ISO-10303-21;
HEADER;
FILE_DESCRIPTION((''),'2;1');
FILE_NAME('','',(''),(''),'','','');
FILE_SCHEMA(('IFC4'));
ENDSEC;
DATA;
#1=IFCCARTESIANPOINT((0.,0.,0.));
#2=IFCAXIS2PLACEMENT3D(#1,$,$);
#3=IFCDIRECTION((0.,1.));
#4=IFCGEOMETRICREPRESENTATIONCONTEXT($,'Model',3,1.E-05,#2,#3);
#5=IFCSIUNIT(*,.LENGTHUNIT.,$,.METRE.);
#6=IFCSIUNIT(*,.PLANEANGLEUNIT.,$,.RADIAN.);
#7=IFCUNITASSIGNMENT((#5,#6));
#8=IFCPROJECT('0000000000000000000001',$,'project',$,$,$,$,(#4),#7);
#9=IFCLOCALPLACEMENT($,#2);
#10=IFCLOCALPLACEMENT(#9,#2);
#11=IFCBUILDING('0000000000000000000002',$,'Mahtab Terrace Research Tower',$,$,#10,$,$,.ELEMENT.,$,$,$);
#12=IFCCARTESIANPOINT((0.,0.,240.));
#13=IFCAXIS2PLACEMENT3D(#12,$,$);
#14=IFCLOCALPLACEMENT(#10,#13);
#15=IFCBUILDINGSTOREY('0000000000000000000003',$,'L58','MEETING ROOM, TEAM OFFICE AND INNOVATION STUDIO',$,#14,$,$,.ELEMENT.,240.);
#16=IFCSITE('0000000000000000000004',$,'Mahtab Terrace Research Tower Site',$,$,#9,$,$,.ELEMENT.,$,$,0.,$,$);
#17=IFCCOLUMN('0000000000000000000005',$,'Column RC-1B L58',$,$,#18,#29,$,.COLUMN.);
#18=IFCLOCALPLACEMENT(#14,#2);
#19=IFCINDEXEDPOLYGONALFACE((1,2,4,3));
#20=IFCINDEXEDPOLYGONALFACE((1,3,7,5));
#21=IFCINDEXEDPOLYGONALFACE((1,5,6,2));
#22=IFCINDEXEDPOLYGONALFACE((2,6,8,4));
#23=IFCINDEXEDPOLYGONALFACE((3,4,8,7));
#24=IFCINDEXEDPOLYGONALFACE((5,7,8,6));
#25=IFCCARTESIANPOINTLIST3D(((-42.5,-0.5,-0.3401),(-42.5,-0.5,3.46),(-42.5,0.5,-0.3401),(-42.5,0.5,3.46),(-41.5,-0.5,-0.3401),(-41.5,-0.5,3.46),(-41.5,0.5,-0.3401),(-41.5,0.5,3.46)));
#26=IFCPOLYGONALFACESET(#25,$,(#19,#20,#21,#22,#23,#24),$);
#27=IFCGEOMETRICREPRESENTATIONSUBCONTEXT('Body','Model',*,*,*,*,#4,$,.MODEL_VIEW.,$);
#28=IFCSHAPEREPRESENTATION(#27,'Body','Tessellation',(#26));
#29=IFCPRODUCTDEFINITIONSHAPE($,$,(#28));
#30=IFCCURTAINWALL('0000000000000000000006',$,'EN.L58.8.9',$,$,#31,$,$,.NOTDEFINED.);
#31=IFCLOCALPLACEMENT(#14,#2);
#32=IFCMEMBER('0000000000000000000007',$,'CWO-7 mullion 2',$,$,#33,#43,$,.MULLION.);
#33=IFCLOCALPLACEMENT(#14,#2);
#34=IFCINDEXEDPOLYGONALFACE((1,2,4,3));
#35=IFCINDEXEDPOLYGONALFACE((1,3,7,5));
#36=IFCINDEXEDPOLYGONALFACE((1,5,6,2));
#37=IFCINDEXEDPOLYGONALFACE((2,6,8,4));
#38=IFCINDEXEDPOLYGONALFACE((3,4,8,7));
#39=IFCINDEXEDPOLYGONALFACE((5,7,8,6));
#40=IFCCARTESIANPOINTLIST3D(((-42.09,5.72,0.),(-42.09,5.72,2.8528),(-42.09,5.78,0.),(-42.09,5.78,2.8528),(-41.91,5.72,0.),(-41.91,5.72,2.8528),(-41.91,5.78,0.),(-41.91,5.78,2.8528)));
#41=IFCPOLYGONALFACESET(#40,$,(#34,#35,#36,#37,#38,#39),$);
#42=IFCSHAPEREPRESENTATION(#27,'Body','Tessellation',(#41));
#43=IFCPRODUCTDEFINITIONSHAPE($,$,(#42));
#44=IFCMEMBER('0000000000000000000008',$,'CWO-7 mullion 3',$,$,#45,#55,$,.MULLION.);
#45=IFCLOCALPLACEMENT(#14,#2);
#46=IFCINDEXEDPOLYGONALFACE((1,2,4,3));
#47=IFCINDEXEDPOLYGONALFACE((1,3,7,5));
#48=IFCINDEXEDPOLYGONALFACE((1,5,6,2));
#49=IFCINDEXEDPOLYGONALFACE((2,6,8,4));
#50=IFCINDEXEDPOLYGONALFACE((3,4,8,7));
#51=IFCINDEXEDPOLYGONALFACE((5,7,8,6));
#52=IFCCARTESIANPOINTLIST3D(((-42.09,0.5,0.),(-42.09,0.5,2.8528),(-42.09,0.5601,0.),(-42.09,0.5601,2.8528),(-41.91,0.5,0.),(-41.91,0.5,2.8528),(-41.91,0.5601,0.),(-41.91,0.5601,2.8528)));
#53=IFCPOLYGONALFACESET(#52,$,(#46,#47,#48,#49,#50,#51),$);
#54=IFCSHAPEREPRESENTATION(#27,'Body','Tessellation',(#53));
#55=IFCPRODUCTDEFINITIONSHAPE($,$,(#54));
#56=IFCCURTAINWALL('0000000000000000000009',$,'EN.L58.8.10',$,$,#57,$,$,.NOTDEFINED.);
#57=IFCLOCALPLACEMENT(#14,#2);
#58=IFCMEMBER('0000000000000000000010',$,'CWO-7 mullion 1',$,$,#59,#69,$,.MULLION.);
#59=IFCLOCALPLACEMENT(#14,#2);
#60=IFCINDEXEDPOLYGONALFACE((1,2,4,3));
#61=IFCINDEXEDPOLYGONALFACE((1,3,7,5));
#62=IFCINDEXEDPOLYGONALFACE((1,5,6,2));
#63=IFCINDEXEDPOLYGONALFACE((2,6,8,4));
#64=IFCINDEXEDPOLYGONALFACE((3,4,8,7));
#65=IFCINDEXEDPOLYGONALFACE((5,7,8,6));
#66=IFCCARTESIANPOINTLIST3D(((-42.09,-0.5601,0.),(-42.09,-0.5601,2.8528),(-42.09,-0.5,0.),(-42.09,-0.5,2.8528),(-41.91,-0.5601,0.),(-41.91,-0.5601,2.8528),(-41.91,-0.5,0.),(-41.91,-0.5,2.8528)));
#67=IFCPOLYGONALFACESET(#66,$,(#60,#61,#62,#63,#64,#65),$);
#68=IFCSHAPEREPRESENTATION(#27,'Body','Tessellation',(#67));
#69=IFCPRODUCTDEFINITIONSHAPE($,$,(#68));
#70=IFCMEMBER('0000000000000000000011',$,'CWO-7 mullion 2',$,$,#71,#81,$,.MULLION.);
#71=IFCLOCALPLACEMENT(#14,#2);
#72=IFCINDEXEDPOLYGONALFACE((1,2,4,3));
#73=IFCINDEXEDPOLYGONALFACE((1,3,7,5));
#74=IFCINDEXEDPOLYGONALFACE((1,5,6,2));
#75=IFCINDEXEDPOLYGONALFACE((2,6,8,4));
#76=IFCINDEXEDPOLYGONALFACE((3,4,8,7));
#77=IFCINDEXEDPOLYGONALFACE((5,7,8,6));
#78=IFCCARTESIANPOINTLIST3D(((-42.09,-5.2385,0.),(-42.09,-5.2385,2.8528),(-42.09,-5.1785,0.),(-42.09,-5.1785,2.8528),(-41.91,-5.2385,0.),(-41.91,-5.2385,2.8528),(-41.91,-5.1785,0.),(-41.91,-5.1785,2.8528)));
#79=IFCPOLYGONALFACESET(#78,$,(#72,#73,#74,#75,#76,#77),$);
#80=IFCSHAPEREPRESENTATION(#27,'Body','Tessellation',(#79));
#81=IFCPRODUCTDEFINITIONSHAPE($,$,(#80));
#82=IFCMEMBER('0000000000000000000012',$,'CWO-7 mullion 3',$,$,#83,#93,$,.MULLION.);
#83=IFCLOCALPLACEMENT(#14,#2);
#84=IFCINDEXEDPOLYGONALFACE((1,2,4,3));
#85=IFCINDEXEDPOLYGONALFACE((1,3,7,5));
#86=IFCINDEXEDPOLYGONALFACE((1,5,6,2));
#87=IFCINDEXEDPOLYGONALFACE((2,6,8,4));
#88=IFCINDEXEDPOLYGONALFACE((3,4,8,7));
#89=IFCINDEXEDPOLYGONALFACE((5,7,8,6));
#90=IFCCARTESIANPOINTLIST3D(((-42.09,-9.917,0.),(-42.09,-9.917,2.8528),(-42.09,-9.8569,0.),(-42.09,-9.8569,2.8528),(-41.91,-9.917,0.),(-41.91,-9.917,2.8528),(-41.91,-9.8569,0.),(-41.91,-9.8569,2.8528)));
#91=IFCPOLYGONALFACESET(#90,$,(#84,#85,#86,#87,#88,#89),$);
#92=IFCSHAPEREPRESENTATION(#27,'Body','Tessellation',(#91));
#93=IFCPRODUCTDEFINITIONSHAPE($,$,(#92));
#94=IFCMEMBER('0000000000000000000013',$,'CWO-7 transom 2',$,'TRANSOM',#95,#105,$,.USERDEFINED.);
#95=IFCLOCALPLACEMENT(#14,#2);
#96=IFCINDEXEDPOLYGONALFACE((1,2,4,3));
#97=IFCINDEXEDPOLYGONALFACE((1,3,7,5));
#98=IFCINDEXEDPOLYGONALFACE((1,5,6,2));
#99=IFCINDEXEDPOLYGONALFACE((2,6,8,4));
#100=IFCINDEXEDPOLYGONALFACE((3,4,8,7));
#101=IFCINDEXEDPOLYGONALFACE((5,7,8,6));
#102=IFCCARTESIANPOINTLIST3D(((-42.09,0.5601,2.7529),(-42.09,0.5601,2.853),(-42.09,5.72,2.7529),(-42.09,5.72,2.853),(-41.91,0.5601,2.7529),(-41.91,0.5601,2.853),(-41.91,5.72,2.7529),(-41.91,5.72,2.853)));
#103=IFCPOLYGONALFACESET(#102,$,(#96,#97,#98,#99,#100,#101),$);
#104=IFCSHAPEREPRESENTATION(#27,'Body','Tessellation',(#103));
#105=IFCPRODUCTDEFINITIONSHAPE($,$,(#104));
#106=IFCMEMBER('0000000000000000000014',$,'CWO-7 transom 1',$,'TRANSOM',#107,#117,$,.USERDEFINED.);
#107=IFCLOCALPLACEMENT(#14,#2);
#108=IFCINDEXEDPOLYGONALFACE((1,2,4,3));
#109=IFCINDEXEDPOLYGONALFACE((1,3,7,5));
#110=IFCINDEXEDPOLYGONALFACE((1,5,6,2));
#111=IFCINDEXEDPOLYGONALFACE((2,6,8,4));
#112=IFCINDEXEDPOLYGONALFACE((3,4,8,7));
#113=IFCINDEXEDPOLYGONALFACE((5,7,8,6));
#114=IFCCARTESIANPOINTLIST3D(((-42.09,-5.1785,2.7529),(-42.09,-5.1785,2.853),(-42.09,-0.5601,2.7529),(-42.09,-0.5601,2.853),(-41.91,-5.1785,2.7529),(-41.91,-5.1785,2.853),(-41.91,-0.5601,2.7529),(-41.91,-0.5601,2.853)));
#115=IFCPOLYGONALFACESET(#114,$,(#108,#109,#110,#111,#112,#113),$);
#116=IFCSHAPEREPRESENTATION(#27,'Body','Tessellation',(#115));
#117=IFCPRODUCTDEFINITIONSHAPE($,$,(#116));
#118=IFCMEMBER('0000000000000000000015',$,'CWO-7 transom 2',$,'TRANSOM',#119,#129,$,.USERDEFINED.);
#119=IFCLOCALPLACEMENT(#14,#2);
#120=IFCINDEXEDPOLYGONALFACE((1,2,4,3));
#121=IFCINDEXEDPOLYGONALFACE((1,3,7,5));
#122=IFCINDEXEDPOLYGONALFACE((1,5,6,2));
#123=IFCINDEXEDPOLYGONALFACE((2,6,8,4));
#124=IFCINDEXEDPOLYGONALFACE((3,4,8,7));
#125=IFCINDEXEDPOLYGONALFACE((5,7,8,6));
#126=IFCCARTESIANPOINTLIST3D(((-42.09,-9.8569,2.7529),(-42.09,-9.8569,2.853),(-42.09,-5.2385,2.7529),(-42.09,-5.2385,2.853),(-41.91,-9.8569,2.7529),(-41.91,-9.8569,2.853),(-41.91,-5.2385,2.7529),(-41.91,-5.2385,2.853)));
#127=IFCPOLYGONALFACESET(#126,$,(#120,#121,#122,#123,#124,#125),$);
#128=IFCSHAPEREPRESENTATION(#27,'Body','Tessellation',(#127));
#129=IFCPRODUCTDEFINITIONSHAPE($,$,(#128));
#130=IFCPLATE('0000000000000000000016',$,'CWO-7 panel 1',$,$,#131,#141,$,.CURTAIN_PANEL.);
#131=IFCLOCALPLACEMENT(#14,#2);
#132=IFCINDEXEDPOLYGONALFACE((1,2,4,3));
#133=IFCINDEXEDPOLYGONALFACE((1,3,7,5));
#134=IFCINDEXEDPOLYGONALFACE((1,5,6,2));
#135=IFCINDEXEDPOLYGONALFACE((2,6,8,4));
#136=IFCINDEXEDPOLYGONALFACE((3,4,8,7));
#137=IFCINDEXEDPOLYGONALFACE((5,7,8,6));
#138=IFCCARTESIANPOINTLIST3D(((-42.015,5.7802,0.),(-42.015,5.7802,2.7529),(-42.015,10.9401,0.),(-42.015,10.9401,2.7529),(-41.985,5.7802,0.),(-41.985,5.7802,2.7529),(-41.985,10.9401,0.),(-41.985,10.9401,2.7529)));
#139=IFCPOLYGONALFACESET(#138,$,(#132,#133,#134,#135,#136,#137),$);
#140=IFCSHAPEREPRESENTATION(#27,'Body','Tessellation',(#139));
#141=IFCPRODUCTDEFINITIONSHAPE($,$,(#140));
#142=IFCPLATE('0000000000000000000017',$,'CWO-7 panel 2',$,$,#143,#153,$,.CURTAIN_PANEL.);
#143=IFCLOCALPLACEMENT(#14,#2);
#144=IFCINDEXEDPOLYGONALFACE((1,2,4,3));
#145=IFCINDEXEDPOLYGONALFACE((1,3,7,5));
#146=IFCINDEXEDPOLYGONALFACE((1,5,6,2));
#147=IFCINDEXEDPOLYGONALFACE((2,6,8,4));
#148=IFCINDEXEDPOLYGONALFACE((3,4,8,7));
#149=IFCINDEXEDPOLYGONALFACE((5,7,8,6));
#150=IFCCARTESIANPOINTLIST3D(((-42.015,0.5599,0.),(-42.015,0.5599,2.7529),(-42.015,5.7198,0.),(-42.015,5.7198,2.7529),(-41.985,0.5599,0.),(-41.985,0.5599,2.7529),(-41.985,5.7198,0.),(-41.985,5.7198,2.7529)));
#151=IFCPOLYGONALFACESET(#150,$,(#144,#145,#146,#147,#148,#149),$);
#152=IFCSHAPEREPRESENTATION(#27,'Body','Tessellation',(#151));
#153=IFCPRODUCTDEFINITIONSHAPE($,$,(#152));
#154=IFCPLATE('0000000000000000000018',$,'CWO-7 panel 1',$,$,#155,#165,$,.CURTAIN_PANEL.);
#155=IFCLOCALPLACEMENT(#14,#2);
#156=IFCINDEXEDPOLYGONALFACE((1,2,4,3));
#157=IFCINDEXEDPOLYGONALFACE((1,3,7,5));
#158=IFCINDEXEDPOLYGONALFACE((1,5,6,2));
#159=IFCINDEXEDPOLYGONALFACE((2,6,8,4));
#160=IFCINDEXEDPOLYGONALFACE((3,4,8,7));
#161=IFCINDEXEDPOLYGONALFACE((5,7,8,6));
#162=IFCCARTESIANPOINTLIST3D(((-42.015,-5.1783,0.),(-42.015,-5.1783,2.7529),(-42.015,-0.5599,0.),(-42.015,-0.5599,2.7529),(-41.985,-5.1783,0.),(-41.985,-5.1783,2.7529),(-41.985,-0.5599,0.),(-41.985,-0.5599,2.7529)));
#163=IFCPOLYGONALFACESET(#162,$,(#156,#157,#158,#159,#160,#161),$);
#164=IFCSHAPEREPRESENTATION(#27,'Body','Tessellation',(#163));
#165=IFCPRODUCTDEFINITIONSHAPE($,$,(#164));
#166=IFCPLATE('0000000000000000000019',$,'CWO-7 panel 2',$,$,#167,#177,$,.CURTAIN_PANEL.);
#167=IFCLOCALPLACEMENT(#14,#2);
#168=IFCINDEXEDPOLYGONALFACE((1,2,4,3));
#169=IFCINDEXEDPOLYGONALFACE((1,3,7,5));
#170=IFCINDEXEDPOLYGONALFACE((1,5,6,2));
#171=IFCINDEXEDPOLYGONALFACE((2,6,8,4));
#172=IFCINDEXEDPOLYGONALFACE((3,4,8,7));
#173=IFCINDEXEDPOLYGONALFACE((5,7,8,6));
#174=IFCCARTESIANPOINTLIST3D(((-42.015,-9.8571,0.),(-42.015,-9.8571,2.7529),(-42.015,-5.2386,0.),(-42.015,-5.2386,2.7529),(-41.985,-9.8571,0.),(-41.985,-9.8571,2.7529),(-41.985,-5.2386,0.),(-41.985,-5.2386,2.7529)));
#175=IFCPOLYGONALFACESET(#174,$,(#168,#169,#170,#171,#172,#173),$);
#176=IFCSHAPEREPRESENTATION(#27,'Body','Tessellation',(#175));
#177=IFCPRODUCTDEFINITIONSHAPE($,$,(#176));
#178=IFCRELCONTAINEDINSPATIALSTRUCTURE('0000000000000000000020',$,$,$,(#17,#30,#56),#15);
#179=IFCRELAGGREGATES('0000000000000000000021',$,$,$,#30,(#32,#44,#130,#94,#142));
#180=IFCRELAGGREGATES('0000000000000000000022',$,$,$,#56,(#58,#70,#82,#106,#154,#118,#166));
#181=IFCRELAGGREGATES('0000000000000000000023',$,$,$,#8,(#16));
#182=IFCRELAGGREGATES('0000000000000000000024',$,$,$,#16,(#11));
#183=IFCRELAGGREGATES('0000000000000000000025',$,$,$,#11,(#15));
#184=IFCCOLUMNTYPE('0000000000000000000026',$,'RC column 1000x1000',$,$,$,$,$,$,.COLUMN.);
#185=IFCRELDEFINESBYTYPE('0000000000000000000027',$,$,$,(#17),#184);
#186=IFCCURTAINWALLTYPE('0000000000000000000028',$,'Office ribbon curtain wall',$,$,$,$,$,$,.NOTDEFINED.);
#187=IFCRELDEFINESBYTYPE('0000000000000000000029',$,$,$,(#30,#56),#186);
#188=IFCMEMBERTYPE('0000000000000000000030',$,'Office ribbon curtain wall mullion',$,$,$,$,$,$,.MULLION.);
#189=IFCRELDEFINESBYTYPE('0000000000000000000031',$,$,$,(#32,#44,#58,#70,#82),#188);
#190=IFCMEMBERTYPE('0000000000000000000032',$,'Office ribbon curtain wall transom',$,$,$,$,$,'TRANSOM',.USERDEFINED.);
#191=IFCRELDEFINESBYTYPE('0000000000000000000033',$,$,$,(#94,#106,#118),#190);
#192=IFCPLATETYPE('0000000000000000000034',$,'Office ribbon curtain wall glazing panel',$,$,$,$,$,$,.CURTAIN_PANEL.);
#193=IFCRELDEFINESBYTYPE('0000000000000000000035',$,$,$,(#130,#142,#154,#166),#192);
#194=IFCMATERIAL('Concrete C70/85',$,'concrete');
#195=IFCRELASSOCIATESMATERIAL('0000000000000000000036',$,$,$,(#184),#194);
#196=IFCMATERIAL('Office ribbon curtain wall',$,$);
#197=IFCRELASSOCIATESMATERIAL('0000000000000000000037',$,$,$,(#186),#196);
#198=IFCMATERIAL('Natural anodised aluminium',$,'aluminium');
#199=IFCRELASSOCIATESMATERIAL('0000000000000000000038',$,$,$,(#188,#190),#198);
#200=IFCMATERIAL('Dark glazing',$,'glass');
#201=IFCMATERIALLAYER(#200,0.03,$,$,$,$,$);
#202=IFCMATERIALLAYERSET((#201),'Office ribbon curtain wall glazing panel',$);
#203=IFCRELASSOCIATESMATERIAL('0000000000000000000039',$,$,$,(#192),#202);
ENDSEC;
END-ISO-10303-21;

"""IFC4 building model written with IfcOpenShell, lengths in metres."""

from ifc_helpers import new_model, si_unit, direction, frame, origin, origin_2d, place, context, subcontext, project, spatial, rectangle, extrude, material, layer, layer_set, material_profile, profile_set, type_object, element, aggregate, save


model = new_model("IFC4")

# Units and contexts
model_context = context("Model", 3, precision=1e-05, world=origin(), true_north=direction((0.0, 1.0)))
body_context = subcontext(model_context, "Body", "Model", "MODEL_VIEW")
ifc_project = project(units=[si_unit("LENGTHUNIT", "METRE"), si_unit("PLANEANGLEUNIT", "RADIAN")], contexts=[model_context])

# Site, building, storey
site_placement = place(None, origin())
site = spatial("IfcSite", under=ifc_project, at=site_placement, Name="Mahtab Terrace Research Tower Site", CompositionType="ELEMENT", RefElevation=0.0)
building_placement = place(site_placement, origin())
building = spatial("IfcBuilding", under=site, at=building_placement, Name="Mahtab Terrace Research Tower", CompositionType="ELEMENT")
storey_placement = place(building_placement, frame((0.0, 0.0, 240.0)))
storey = spatial("IfcBuildingStorey", under=building, at=storey_placement, Name="L58", Description="MEETING ROOM, TEAM OFFICE AND INNOVATION STUDIO", CompositionType="ELEMENT", Elevation=240.0)

# Column
ifc_material_1 = material(Name="Concrete C70/85", Category="concrete")
ifc_material_profile_1 = material_profile(ifc_material_1, rectangle(XDim=1.0, YDim=1.0, at=origin_2d()), Name="RC column 1000x1000")
ifc_profile_set_1 = profile_set([ifc_material_profile_1], Name="Concrete C70/85")
column_type = type_object("IfcColumnType", Name="RC column 1000x1000", PredefinedType="COLUMN", material=ifc_profile_set_1)
column_placement = place(storey_placement, frame((-42.0, 0.0, -0.3401), z_axis=(0.0, 0.0, 1.0), x_axis=(1.0, 0.0, 0.0)))
element("IfcColumn", 1, at=column_placement, inside=storey, type_object=column_type, Name="Column RC-1B L58", PredefinedType="COLUMN", context=body_context, shape_type="SweptSolid", body=[
    extrude(rectangle(XDim=1.0, YDim=1.0, at=origin_2d()), origin(), (0.0, 0.0, 1.0), 3.8),
])

# Curtain walls, members
ifc_material_2 = material(Name="Office ribbon curtain wall")
curtain_wall_type = type_object("IfcCurtainWallType", Name="Office ribbon curtain wall", PredefinedType="NOTDEFINED", material=ifc_material_2)
curtain_wall_1_placement = place(storey_placement, origin())
curtain_wall_1 = element("IfcCurtainWall", 2, at=curtain_wall_1_placement, inside=storey, type_object=curtain_wall_type, Name="EN.L58.8.9", PredefinedType="NOTDEFINED")
ifc_material_3 = material(Name="Natural anodised aluminium", Category="aluminium")
ifc_material_profile_2 = material_profile(ifc_material_3, rectangle(XDim=0.1799, YDim=0.0601, at=origin_2d()), Name="MULLION 60x180")
ifc_profile_set_2 = profile_set([ifc_material_profile_2], Name="Natural anodised aluminium")
member_type_1 = type_object("IfcMemberType", Name="Office ribbon curtain wall mullion", PredefinedType="MULLION", material=ifc_profile_set_2)
member_1_placement = place(storey_placement, frame((-42.0, 5.75, 0.0), z_axis=(0.0, 0.0, 1.0), x_axis=(1.0, 0.0, 0.0)))
member_1 = element("IfcMember", 3, at=member_1_placement, type_object=member_type_1, Name="CWO-7 mullion 2", PredefinedType="MULLION", context=body_context, shape_type="SweptSolid", body=[
    extrude(rectangle(XDim=0.1799, YDim=0.0601, at=origin_2d()), origin(), (0.0, 0.0, 1.0), 2.8528),
])
member_2_placement = place(storey_placement, frame((-42.0, 0.53, 0.0), z_axis=(0.0, 0.0, 1.0), x_axis=(1.0, 0.0, 0.0)))
member_2 = element("IfcMember", 4, at=member_2_placement, type_object=member_type_1, Name="CWO-7 mullion 3", PredefinedType="MULLION", context=body_context, shape_type="SweptSolid", body=[
    extrude(rectangle(XDim=0.1799, YDim=0.0601, at=origin_2d()), origin(), (0.0, 0.0, 1.0), 2.8528),
])
curtain_wall_2_placement = place(storey_placement, origin())
curtain_wall_2 = element("IfcCurtainWall", 5, at=curtain_wall_2_placement, inside=storey, type_object=curtain_wall_type, Name="EN.L58.8.10", PredefinedType="NOTDEFINED")
member_3_placement = place(storey_placement, frame((-42.0, -0.53, 0.0), z_axis=(0.0, 0.0, 1.0), x_axis=(1.0, 0.0, 0.0)))
member_3 = element("IfcMember", 6, at=member_3_placement, type_object=member_type_1, Name="CWO-7 mullion 1", PredefinedType="MULLION", context=body_context, shape_type="SweptSolid", body=[
    extrude(rectangle(XDim=0.1799, YDim=0.0601, at=origin_2d()), origin(), (0.0, 0.0, 1.0), 2.8528),
])
member_4_placement = place(storey_placement, frame((-42.0, -5.2085, 0.0), z_axis=(0.0, 0.0, 1.0), x_axis=(1.0, 0.0, 0.0)))
member_4 = element("IfcMember", 7, at=member_4_placement, type_object=member_type_1, Name="CWO-7 mullion 2", PredefinedType="MULLION", context=body_context, shape_type="SweptSolid", body=[
    extrude(rectangle(XDim=0.1799, YDim=0.0601, at=origin_2d()), origin(), (0.0, 0.0, 1.0), 2.8528),
])
member_5_placement = place(storey_placement, frame((-42.0, -9.887, 0.0), z_axis=(0.0, 0.0, 1.0), x_axis=(1.0, 0.0, 0.0)))
member_5 = element("IfcMember", 8, at=member_5_placement, type_object=member_type_1, Name="CWO-7 mullion 3", PredefinedType="MULLION", context=body_context, shape_type="SweptSolid", body=[
    extrude(rectangle(XDim=0.1799, YDim=0.0601, at=origin_2d()), origin(), (0.0, 0.0, 1.0), 2.8528),
])

# Members
ifc_material_profile_3 = material_profile(ifc_material_3, rectangle(XDim=0.1799, YDim=0.1001, at=origin_2d()), Name="TRANSOM 100x180")
ifc_profile_set_3 = profile_set([ifc_material_profile_3], Name="Natural anodised aluminium")
member_type_2 = type_object("IfcMemberType", Name="Office ribbon curtain wall transom", ElementType="TRANSOM", PredefinedType="USERDEFINED", material=ifc_profile_set_3)
member_6_placement = place(storey_placement, frame((-42.0, 5.72, 2.803), z_axis=(0.0, -1.0, 0.0), x_axis=(1.0, 0.0, 0.0)))
member_6 = element("IfcMember", 9, at=member_6_placement, type_object=member_type_2, Name="CWO-7 transom 2", ObjectType="TRANSOM", PredefinedType="USERDEFINED", context=body_context, shape_type="SweptSolid", body=[
    extrude(rectangle(XDim=0.1799, YDim=0.1001, at=origin_2d()), origin(), (0.0, 0.0, 1.0), 5.1599),
])
member_7_placement = place(storey_placement, frame((-42.0, -0.5601, 2.803), z_axis=(0.0, -1.0, 0.0), x_axis=(1.0, 0.0, 0.0)))
member_7 = element("IfcMember", 10, at=member_7_placement, type_object=member_type_2, Name="CWO-7 transom 1", ObjectType="TRANSOM", PredefinedType="USERDEFINED", context=body_context, shape_type="SweptSolid", body=[
    extrude(rectangle(XDim=0.1799, YDim=0.1001, at=origin_2d()), origin(), (0.0, 0.0, 1.0), 4.6184),
])
member_8_placement = place(storey_placement, frame((-42.0, -5.2385, 2.803), z_axis=(0.0, -1.0, 0.0), x_axis=(1.0, 0.0, 0.0)))
member_8 = element("IfcMember", 11, at=member_8_placement, type_object=member_type_2, Name="CWO-7 transom 2", ObjectType="TRANSOM", PredefinedType="USERDEFINED", context=body_context, shape_type="SweptSolid", body=[
    extrude(rectangle(XDim=0.1799, YDim=0.1001, at=origin_2d()), origin(), (0.0, 0.0, 1.0), 4.6184),
])

# Plates
ifc_material_4 = material(Name="Dark glazing", Category="glass")
ifc_layer_1 = layer(ifc_material_4, 0.03)
ifc_layer_set_1 = layer_set([ifc_layer_1], Name="Office ribbon curtain wall glazing panel")
plate_type = type_object("IfcPlateType", Name="Office ribbon curtain wall glazing panel", PredefinedType="CURTAIN_PANEL", material=ifc_layer_set_1)
plate_1_placement = place(storey_placement, frame((-42.0, 8.3601, 0.0), z_axis=(0.0, 0.0, 1.0), x_axis=(0.0, -1.0, 0.0)))
plate_1 = element("IfcPlate", 12, at=plate_1_placement, type_object=plate_type, Name="CWO-7 panel 1", PredefinedType="CURTAIN_PANEL", context=body_context, shape_type="SweptSolid", body=[
    extrude(rectangle(XDim=5.1599, YDim=0.03, at=origin_2d()), origin(), (0.0, 0.0, 1.0), 2.7529),
])
plate_2_placement = place(storey_placement, frame((-42.0, 3.1399, 0.0), z_axis=(0.0, 0.0, 1.0), x_axis=(0.0, -1.0, 0.0)))
plate_2 = element("IfcPlate", 13, at=plate_2_placement, type_object=plate_type, Name="CWO-7 panel 2", PredefinedType="CURTAIN_PANEL", context=body_context, shape_type="SweptSolid", body=[
    extrude(rectangle(XDim=5.1599, YDim=0.03, at=origin_2d()), origin(), (0.0, 0.0, 1.0), 2.7529),
])
aggregate(curtain_wall_1, [member_1, member_2, plate_1, member_6, plate_2])
plate_3_placement = place(storey_placement, frame((-42.0, -2.8691, 0.0), z_axis=(0.0, 0.0, 1.0), x_axis=(0.0, -1.0, 0.0)))
plate_3 = element("IfcPlate", 14, at=plate_3_placement, type_object=plate_type, Name="CWO-7 panel 1", PredefinedType="CURTAIN_PANEL", context=body_context, shape_type="SweptSolid", body=[
    extrude(rectangle(XDim=4.6184, YDim=0.03, at=origin_2d()), origin(), (0.0, 0.0, 1.0), 2.7529),
])
plate_4_placement = place(storey_placement, frame((-42.0, -7.5479, 0.0), z_axis=(0.0, 0.0, 1.0), x_axis=(0.0, -1.0, 0.0)))
plate_4 = element("IfcPlate", 15, at=plate_4_placement, type_object=plate_type, Name="CWO-7 panel 2", PredefinedType="CURTAIN_PANEL", context=body_context, shape_type="SweptSolid", body=[
    extrude(rectangle(XDim=4.6184, YDim=0.03, at=origin_2d()), origin(), (0.0, 0.0, 1.0), 2.7529),
])
aggregate(curtain_wall_2, [member_3, member_4, member_5, member_7, plate_3, member_8, plate_4])

save(model, "model.ifc")
